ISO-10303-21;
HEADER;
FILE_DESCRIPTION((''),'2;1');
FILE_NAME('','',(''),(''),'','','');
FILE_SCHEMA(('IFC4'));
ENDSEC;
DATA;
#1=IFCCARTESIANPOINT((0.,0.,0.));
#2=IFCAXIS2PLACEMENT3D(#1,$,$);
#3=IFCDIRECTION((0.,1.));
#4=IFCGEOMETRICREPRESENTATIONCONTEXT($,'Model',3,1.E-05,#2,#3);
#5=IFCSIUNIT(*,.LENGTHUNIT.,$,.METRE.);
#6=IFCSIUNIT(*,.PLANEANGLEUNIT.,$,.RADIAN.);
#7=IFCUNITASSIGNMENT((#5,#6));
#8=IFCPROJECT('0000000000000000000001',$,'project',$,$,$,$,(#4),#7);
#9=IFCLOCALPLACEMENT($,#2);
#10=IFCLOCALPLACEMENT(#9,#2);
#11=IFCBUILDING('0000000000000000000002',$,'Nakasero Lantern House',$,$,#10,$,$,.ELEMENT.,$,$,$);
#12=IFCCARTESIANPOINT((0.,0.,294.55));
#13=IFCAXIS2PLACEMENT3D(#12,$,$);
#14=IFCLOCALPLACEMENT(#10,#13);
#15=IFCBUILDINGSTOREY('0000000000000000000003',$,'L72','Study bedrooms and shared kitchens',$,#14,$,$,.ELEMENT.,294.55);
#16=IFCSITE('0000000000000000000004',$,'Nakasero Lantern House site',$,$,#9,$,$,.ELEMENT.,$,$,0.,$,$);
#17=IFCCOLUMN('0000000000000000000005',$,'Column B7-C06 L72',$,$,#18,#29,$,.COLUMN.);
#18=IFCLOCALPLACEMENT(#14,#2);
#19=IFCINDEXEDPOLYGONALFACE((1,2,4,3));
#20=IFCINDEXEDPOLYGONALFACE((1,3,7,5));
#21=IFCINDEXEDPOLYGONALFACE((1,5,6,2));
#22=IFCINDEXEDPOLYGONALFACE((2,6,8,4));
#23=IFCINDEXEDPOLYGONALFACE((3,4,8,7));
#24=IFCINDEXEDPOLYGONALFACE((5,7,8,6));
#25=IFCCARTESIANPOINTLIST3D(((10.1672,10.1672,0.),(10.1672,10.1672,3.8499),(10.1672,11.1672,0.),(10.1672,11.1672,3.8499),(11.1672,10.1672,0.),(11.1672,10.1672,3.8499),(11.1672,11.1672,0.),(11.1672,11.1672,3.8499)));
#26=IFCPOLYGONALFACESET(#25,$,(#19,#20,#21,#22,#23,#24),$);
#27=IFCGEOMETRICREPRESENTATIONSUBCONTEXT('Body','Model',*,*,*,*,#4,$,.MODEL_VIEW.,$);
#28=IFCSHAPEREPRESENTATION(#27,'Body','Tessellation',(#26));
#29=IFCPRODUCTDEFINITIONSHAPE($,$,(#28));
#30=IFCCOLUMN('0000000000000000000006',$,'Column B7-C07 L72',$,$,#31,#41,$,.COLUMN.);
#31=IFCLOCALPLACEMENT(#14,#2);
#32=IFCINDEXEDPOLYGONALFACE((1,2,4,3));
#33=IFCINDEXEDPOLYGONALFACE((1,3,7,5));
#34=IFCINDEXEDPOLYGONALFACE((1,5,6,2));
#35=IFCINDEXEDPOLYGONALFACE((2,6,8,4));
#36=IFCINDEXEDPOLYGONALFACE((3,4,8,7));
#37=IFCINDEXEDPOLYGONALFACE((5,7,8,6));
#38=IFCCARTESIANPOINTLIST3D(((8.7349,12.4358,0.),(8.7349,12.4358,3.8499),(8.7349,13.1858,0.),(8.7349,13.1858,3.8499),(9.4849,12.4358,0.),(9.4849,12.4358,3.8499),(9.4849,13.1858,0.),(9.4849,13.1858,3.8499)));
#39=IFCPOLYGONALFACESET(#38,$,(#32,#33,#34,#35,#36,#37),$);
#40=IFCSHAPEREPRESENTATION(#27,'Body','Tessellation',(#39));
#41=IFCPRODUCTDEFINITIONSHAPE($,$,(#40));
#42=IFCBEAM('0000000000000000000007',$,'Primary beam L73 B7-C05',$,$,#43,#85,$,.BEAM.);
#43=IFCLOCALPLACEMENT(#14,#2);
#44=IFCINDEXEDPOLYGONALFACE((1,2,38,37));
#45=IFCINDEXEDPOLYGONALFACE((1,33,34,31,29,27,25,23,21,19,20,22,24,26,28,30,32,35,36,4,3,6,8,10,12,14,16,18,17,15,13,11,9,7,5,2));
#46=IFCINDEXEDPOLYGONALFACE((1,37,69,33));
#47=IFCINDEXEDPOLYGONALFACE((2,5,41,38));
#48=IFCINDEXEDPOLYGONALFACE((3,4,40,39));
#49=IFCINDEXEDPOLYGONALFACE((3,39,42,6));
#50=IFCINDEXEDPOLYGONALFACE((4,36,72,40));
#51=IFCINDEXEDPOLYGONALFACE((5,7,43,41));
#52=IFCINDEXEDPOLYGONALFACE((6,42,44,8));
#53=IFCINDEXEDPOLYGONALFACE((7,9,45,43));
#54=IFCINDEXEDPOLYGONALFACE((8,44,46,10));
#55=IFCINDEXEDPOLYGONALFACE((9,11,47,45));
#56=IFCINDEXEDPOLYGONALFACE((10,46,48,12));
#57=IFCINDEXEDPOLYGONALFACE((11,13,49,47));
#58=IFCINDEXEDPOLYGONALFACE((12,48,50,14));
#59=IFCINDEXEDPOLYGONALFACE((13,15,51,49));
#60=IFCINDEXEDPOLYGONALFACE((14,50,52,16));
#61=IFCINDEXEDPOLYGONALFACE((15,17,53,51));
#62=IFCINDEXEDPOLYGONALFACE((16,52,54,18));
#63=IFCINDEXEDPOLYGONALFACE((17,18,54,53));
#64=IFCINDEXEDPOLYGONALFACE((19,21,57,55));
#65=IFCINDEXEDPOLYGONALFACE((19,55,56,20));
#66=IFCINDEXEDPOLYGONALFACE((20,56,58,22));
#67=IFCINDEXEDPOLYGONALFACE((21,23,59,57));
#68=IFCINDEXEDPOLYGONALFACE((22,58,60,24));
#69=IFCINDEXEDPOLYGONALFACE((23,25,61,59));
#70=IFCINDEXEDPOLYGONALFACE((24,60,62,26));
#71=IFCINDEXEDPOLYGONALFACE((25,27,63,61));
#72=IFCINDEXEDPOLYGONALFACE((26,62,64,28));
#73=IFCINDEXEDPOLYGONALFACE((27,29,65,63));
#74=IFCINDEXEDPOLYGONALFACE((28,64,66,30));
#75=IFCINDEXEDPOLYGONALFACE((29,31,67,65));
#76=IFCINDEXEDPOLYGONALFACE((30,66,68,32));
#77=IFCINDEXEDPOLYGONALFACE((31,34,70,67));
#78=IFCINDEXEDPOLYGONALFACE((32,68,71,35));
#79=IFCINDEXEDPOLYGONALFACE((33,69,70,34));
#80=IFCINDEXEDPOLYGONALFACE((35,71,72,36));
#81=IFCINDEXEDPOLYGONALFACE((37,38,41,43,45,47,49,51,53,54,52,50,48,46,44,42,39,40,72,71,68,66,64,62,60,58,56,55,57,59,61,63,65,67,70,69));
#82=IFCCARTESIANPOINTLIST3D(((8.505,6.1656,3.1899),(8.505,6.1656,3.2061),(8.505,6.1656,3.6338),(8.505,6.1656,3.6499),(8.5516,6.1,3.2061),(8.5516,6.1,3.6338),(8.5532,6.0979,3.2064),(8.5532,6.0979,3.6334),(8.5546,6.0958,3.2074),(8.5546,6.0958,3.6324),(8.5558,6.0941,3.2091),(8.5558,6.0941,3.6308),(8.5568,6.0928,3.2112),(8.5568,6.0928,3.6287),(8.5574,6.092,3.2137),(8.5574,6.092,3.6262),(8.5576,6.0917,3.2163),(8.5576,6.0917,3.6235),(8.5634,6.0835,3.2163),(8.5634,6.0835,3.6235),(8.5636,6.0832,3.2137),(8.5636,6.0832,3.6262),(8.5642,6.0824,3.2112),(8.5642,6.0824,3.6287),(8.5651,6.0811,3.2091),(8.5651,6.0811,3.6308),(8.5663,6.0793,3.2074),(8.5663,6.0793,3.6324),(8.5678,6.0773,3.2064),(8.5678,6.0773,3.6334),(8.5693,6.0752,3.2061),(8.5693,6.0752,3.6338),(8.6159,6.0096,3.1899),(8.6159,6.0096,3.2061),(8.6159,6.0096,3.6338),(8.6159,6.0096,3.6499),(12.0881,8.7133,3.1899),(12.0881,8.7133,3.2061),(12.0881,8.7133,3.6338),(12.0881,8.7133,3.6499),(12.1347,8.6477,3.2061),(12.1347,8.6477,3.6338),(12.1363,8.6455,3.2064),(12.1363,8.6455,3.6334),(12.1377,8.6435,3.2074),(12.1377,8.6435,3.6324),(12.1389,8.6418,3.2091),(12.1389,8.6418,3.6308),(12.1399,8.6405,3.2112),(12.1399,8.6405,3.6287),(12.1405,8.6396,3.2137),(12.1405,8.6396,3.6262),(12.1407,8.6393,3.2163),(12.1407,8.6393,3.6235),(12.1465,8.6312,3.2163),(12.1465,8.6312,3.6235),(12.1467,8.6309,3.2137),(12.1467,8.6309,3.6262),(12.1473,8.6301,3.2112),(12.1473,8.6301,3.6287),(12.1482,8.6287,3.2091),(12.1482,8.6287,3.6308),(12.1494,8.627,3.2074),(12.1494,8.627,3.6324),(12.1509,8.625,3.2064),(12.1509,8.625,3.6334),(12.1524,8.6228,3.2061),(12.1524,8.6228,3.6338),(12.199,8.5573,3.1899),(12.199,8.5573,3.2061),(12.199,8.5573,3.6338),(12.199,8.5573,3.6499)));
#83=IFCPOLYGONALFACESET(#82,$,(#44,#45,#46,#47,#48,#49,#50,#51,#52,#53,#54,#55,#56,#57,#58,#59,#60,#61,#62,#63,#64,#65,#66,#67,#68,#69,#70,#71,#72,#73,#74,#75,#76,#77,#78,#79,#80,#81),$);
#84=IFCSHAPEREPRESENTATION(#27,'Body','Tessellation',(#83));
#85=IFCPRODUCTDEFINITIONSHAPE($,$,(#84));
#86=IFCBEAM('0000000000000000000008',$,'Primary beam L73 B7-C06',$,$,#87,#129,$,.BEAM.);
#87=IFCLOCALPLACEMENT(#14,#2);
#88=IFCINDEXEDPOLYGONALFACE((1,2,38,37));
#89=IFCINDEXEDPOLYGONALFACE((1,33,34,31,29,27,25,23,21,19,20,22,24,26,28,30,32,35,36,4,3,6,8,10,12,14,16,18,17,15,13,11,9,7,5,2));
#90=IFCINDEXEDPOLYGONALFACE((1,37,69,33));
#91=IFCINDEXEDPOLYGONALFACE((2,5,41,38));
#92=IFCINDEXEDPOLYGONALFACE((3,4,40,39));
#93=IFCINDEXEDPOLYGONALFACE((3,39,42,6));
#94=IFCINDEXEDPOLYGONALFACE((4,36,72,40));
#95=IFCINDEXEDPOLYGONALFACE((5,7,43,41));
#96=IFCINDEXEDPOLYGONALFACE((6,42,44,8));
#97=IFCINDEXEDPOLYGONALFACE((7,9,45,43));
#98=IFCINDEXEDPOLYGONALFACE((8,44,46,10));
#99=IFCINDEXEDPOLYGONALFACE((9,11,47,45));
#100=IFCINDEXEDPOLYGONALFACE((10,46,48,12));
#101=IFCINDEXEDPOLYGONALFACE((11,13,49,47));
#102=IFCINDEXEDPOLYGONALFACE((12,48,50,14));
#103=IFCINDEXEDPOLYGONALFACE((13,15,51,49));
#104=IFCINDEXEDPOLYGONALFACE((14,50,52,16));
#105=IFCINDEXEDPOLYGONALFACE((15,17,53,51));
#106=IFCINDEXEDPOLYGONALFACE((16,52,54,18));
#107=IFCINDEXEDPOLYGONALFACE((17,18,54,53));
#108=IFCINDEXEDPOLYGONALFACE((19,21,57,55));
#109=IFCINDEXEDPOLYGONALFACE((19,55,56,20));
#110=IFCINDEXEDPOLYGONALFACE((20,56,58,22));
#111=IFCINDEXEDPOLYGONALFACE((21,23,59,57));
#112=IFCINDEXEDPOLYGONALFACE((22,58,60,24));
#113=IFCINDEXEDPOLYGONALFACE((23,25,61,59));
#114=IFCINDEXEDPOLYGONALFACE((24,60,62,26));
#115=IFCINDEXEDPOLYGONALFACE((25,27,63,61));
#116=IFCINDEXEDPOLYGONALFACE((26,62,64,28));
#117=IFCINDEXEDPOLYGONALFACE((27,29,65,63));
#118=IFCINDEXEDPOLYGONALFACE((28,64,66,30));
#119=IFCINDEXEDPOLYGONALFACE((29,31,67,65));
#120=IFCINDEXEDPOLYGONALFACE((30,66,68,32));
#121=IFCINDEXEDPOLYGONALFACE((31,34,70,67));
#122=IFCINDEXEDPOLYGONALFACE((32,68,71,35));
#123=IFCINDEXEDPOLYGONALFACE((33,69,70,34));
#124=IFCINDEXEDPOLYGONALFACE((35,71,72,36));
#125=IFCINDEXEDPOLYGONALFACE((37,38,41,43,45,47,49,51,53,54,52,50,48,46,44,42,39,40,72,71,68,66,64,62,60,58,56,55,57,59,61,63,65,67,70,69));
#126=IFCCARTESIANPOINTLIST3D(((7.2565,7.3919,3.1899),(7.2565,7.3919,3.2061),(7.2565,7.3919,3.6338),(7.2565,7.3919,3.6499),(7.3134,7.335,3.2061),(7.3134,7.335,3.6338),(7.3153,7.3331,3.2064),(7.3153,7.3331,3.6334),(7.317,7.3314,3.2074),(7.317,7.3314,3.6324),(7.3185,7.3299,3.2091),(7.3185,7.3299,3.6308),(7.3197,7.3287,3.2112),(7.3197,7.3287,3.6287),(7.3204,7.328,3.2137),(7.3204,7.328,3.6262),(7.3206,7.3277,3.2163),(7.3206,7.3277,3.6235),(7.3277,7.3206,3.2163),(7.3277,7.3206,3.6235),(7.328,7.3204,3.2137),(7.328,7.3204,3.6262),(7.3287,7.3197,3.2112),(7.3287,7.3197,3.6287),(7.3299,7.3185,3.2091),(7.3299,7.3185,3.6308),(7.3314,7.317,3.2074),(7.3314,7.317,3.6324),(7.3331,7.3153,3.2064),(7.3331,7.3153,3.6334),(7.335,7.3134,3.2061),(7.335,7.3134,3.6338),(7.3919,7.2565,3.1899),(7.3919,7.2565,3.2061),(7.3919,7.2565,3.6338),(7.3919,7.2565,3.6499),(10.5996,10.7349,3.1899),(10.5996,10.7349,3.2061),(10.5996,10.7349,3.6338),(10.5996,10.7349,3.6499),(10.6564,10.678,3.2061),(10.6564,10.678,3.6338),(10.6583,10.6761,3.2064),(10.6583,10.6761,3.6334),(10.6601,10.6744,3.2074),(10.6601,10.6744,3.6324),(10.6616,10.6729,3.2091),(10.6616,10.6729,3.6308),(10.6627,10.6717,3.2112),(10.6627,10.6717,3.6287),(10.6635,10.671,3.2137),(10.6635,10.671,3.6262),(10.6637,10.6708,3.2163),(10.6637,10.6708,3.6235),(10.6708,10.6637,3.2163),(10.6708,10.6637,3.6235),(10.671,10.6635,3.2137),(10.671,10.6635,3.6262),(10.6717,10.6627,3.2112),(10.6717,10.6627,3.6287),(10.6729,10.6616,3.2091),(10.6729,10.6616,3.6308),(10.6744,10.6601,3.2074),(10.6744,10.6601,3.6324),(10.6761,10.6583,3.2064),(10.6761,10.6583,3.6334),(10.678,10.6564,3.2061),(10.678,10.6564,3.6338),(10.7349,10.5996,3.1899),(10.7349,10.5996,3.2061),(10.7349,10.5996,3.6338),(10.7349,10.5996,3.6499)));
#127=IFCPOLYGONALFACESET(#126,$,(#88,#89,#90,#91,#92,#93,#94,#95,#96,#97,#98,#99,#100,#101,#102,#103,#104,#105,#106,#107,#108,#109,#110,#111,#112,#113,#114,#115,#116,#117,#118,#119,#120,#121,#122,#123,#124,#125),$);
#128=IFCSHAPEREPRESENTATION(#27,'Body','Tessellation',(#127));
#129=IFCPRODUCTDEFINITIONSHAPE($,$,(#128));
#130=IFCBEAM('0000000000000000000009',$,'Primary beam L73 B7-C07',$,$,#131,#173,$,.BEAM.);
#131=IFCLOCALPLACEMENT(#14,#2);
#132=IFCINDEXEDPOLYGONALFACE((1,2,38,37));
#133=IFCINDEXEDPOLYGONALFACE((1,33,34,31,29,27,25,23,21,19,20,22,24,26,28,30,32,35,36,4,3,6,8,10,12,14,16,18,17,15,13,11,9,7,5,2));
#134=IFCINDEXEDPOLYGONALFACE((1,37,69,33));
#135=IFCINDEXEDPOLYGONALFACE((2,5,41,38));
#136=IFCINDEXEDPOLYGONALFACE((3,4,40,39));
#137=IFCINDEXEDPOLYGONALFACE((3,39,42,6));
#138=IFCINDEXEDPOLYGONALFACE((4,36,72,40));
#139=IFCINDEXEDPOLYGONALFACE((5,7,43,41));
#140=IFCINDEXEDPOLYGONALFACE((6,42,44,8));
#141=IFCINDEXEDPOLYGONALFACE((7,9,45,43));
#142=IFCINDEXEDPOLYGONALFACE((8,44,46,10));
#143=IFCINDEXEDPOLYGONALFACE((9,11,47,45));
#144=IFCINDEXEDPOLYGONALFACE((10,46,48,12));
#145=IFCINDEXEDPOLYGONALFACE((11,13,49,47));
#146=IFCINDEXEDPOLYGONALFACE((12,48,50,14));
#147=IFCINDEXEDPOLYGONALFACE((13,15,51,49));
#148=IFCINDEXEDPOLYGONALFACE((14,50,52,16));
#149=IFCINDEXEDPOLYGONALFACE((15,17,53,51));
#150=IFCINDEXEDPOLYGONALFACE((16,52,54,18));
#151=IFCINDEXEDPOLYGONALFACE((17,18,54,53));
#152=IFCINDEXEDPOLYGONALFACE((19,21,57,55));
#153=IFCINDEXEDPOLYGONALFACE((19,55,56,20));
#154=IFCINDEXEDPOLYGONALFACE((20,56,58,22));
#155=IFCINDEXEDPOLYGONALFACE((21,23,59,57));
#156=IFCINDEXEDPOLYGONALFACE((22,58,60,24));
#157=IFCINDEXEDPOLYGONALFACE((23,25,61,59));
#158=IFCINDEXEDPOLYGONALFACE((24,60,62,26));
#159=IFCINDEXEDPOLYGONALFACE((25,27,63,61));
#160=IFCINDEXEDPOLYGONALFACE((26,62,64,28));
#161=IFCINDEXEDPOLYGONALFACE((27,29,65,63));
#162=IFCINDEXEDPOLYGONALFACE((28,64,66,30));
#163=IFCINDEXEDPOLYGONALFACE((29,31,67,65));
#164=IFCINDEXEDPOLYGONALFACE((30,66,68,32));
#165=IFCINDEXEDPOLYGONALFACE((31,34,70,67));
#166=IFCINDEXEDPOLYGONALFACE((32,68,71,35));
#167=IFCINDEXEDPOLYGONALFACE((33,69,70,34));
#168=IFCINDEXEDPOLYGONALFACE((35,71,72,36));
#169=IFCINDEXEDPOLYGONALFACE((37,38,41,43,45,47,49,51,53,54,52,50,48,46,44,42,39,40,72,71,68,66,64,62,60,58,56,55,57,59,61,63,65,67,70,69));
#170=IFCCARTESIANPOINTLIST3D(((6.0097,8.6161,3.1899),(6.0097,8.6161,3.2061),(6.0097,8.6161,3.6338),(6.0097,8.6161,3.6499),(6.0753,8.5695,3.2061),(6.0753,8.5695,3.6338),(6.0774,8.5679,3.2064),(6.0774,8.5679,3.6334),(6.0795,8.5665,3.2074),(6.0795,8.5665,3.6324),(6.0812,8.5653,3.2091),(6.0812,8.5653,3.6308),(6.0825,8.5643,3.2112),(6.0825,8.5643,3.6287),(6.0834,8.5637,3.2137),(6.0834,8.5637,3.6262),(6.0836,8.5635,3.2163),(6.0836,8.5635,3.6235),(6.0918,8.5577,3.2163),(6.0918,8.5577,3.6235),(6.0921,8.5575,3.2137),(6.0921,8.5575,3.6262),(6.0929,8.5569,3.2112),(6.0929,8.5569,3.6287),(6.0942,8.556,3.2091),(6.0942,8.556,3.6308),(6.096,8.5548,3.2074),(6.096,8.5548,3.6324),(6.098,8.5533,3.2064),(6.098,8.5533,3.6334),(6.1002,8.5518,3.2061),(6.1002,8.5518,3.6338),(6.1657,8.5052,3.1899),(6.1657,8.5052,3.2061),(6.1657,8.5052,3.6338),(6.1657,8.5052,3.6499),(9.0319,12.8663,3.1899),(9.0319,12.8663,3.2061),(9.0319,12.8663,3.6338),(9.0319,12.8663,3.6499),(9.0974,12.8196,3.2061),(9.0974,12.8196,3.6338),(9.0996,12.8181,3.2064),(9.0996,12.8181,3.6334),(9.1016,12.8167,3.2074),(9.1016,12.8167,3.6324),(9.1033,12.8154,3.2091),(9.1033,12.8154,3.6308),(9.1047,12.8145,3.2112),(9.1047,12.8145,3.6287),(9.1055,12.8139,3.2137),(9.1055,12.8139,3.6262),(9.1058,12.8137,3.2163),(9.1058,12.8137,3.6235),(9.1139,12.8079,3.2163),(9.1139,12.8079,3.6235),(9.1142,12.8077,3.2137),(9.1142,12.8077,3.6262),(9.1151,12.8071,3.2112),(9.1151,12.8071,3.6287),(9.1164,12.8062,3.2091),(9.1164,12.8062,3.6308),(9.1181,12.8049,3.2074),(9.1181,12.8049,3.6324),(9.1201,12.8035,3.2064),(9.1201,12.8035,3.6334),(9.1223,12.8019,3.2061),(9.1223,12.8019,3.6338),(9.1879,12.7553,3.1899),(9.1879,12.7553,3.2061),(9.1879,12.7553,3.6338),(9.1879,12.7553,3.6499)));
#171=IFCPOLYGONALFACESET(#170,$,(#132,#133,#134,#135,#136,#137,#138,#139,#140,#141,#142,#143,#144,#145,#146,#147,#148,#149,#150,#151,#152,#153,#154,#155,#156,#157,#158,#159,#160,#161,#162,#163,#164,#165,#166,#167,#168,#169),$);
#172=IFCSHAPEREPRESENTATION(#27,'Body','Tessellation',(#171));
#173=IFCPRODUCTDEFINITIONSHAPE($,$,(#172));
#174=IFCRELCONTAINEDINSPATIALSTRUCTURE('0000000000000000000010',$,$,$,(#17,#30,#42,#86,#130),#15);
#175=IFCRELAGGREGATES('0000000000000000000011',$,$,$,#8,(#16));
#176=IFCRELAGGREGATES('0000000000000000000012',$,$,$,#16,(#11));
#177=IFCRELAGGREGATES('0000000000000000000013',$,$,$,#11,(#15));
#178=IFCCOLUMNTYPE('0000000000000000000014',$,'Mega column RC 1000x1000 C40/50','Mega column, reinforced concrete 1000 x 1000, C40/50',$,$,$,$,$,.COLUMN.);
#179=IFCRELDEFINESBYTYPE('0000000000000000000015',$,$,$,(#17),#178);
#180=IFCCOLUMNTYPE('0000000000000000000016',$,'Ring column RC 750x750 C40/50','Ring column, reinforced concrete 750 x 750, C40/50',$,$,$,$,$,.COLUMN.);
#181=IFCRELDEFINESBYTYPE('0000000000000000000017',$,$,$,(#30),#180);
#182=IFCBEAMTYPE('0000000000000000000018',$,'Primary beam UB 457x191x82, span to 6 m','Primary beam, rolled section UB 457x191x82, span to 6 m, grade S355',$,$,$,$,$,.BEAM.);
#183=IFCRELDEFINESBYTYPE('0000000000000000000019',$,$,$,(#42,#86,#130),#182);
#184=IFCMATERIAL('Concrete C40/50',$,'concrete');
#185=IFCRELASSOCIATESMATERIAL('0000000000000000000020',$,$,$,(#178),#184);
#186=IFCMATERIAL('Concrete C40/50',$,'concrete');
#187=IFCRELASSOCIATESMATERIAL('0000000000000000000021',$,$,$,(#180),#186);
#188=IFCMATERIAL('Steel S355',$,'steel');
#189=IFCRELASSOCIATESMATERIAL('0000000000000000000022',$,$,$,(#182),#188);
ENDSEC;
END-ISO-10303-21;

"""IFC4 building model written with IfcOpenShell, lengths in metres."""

from ifc_helpers import new_model, si_unit, direction, frame, origin, origin_2d, place, context, subcontext, project, spatial, rectangle, i_section, extrude, material, material_profile, profile_set, type_object, element, save


model = new_model("IFC4")

# Units and contexts
model_context = context("Model", 3, precision=1e-05, world=origin(), true_north=direction((0.0, 1.0)))
body_context = subcontext(model_context, "Body", "Model", "MODEL_VIEW")
ifc_project = project(units=[si_unit("LENGTHUNIT", "METRE"), si_unit("PLANEANGLEUNIT", "RADIAN")], contexts=[model_context])

# Site, building, storey
site_placement = place(None, origin())
site = spatial("IfcSite", under=ifc_project, at=site_placement, Name="Nakasero Lantern House site", CompositionType="ELEMENT", RefElevation=0.0)
building_placement = place(site_placement, origin())
building = spatial("IfcBuilding", under=site, at=building_placement, Name="Nakasero Lantern House", CompositionType="ELEMENT")
storey_placement = place(building_placement, frame((0.0, 0.0, 294.55)))
storey = spatial("IfcBuildingStorey", under=building, at=storey_placement, Name="L72", Description="Study bedrooms and shared kitchens", CompositionType="ELEMENT", Elevation=294.55)

# Columns
ifc_material_1 = material(Name="Concrete C40/50", Category="concrete")
ifc_material_profile_1 = material_profile(ifc_material_1, rectangle(XDim=1.0, YDim=1.0, at=origin_2d()), Name="RC 1000x1000")
ifc_profile_set_1 = profile_set([ifc_material_profile_1], Name="Concrete C40/50")
column_type_1 = type_object("IfcColumnType", Name="Mega column RC 1000x1000 C40/50", Description="Mega column, reinforced concrete 1000 x 1000, C40/50", PredefinedType="COLUMN", material=ifc_profile_set_1)
column_1_placement = place(storey_placement, frame((10.6672, 10.6672, 0.0), z_axis=(0.0, 0.0, 1.0), x_axis=(1.0, 0.0, 0.0)))
element("IfcColumn", 1, at=column_1_placement, inside=storey, type_object=column_type_1, Name="Column B7-C06 L72", PredefinedType="COLUMN", context=body_context, shape_type="SweptSolid", body=[
    extrude(rectangle(XDim=1.0, YDim=1.0, at=origin_2d()), origin(), (0.0, 0.0, 1.0), 3.8499),
])
ifc_material_2 = material(Name="Concrete C40/50", Category="concrete")
ifc_material_profile_2 = material_profile(ifc_material_2, rectangle(XDim=0.75, YDim=0.75, at=origin_2d()), Name="RC 750x750")
ifc_profile_set_2 = profile_set([ifc_material_profile_2], Name="Concrete C40/50")
column_type_2 = type_object("IfcColumnType", Name="Ring column RC 750x750 C40/50", Description="Ring column, reinforced concrete 750 x 750, C40/50", PredefinedType="COLUMN", material=ifc_profile_set_2)
column_2_placement = place(storey_placement, frame((9.1099, 12.8108, 0.0), z_axis=(0.0, 0.0, 1.0), x_axis=(1.0, 0.0, 0.0)))
element("IfcColumn", 2, at=column_2_placement, inside=storey, type_object=column_type_2, Name="Column B7-C07 L72", PredefinedType="COLUMN", context=body_context, shape_type="SweptSolid", body=[
    extrude(rectangle(XDim=0.75, YDim=0.75, at=origin_2d()), origin(), (0.0, 0.0, 1.0), 3.8499),
])

# Beams
ifc_material_3 = material(Name="Steel S355", Category="steel")
ifc_material_profile_3 = material_profile(ifc_material_3, i_section(OverallWidth=0.1914, OverallDepth=0.46, WebThickness=0.01, FlangeThickness=0.0161, FilletRadius=0.0103, at=origin_2d()), Name="UB 457x191x82")
ifc_profile_set_3 = profile_set([ifc_material_profile_3], Name="Steel S355")
beam_type_1 = type_object("IfcBeamType", Name="Primary beam UB 457x191x82, span to 6 m", Description="Primary beam, rolled section UB 457x191x82, span to 6 m, grade S355", PredefinedType="BEAM", material=ifc_profile_set_3)
beam_1_placement = place(storey_placement, frame((12.1436, 8.6353, 3.4199), z_axis=(-0.814989, -0.579477, 0.0), x_axis=(0.579477, -0.814989, 0.0)))
element("IfcBeam", 3, at=beam_1_placement, inside=storey, type_object=beam_type_1, Name="Primary beam L73 B7-C05", PredefinedType="BEAM", context=body_context, shape_type="SweptSolid", body=[
    extrude(i_section(OverallWidth=0.1914, OverallDepth=0.46, WebThickness=0.01, FlangeThickness=0.0161, FilletRadius=0.0103, at=origin_2d()), origin(), (0.0, 0.0, 1.0), 4.3965),
])
beam_2_placement = place(storey_placement, frame((10.6672, 10.6672, 3.4199), z_axis=(-0.707107, -0.707107, 0.0), x_axis=(0.707107, -0.707107, 0.0)))
element("IfcBeam", 4, at=beam_2_placement, inside=storey, type_object=beam_type_1, Name="Primary beam L73 B7-C06", PredefinedType="BEAM", context=body_context, shape_type="SweptSolid", body=[
    extrude(i_section(OverallWidth=0.1914, OverallDepth=0.46, WebThickness=0.01, FlangeThickness=0.0161, FilletRadius=0.0103, at=origin_2d()), origin(), (0.0, 0.0, 1.0), 4.7278),
])
beam_3_placement = place(storey_placement, frame((9.1099, 12.8108, 3.4199), z_axis=(-0.579501, -0.814972, 0.0), x_axis=(0.814972, -0.579501, 0.0)))
element("IfcBeam", 5, at=beam_3_placement, inside=storey, type_object=beam_type_1, Name="Primary beam L73 B7-C07", PredefinedType="BEAM", context=body_context, shape_type="SweptSolid", body=[
    extrude(i_section(OverallWidth=0.1914, OverallDepth=0.46, WebThickness=0.01, FlangeThickness=0.0161, FilletRadius=0.0103, at=origin_2d()), origin(), (0.0, 0.0, 1.0), 5.2151),
])

save(model, "model.ifc")
